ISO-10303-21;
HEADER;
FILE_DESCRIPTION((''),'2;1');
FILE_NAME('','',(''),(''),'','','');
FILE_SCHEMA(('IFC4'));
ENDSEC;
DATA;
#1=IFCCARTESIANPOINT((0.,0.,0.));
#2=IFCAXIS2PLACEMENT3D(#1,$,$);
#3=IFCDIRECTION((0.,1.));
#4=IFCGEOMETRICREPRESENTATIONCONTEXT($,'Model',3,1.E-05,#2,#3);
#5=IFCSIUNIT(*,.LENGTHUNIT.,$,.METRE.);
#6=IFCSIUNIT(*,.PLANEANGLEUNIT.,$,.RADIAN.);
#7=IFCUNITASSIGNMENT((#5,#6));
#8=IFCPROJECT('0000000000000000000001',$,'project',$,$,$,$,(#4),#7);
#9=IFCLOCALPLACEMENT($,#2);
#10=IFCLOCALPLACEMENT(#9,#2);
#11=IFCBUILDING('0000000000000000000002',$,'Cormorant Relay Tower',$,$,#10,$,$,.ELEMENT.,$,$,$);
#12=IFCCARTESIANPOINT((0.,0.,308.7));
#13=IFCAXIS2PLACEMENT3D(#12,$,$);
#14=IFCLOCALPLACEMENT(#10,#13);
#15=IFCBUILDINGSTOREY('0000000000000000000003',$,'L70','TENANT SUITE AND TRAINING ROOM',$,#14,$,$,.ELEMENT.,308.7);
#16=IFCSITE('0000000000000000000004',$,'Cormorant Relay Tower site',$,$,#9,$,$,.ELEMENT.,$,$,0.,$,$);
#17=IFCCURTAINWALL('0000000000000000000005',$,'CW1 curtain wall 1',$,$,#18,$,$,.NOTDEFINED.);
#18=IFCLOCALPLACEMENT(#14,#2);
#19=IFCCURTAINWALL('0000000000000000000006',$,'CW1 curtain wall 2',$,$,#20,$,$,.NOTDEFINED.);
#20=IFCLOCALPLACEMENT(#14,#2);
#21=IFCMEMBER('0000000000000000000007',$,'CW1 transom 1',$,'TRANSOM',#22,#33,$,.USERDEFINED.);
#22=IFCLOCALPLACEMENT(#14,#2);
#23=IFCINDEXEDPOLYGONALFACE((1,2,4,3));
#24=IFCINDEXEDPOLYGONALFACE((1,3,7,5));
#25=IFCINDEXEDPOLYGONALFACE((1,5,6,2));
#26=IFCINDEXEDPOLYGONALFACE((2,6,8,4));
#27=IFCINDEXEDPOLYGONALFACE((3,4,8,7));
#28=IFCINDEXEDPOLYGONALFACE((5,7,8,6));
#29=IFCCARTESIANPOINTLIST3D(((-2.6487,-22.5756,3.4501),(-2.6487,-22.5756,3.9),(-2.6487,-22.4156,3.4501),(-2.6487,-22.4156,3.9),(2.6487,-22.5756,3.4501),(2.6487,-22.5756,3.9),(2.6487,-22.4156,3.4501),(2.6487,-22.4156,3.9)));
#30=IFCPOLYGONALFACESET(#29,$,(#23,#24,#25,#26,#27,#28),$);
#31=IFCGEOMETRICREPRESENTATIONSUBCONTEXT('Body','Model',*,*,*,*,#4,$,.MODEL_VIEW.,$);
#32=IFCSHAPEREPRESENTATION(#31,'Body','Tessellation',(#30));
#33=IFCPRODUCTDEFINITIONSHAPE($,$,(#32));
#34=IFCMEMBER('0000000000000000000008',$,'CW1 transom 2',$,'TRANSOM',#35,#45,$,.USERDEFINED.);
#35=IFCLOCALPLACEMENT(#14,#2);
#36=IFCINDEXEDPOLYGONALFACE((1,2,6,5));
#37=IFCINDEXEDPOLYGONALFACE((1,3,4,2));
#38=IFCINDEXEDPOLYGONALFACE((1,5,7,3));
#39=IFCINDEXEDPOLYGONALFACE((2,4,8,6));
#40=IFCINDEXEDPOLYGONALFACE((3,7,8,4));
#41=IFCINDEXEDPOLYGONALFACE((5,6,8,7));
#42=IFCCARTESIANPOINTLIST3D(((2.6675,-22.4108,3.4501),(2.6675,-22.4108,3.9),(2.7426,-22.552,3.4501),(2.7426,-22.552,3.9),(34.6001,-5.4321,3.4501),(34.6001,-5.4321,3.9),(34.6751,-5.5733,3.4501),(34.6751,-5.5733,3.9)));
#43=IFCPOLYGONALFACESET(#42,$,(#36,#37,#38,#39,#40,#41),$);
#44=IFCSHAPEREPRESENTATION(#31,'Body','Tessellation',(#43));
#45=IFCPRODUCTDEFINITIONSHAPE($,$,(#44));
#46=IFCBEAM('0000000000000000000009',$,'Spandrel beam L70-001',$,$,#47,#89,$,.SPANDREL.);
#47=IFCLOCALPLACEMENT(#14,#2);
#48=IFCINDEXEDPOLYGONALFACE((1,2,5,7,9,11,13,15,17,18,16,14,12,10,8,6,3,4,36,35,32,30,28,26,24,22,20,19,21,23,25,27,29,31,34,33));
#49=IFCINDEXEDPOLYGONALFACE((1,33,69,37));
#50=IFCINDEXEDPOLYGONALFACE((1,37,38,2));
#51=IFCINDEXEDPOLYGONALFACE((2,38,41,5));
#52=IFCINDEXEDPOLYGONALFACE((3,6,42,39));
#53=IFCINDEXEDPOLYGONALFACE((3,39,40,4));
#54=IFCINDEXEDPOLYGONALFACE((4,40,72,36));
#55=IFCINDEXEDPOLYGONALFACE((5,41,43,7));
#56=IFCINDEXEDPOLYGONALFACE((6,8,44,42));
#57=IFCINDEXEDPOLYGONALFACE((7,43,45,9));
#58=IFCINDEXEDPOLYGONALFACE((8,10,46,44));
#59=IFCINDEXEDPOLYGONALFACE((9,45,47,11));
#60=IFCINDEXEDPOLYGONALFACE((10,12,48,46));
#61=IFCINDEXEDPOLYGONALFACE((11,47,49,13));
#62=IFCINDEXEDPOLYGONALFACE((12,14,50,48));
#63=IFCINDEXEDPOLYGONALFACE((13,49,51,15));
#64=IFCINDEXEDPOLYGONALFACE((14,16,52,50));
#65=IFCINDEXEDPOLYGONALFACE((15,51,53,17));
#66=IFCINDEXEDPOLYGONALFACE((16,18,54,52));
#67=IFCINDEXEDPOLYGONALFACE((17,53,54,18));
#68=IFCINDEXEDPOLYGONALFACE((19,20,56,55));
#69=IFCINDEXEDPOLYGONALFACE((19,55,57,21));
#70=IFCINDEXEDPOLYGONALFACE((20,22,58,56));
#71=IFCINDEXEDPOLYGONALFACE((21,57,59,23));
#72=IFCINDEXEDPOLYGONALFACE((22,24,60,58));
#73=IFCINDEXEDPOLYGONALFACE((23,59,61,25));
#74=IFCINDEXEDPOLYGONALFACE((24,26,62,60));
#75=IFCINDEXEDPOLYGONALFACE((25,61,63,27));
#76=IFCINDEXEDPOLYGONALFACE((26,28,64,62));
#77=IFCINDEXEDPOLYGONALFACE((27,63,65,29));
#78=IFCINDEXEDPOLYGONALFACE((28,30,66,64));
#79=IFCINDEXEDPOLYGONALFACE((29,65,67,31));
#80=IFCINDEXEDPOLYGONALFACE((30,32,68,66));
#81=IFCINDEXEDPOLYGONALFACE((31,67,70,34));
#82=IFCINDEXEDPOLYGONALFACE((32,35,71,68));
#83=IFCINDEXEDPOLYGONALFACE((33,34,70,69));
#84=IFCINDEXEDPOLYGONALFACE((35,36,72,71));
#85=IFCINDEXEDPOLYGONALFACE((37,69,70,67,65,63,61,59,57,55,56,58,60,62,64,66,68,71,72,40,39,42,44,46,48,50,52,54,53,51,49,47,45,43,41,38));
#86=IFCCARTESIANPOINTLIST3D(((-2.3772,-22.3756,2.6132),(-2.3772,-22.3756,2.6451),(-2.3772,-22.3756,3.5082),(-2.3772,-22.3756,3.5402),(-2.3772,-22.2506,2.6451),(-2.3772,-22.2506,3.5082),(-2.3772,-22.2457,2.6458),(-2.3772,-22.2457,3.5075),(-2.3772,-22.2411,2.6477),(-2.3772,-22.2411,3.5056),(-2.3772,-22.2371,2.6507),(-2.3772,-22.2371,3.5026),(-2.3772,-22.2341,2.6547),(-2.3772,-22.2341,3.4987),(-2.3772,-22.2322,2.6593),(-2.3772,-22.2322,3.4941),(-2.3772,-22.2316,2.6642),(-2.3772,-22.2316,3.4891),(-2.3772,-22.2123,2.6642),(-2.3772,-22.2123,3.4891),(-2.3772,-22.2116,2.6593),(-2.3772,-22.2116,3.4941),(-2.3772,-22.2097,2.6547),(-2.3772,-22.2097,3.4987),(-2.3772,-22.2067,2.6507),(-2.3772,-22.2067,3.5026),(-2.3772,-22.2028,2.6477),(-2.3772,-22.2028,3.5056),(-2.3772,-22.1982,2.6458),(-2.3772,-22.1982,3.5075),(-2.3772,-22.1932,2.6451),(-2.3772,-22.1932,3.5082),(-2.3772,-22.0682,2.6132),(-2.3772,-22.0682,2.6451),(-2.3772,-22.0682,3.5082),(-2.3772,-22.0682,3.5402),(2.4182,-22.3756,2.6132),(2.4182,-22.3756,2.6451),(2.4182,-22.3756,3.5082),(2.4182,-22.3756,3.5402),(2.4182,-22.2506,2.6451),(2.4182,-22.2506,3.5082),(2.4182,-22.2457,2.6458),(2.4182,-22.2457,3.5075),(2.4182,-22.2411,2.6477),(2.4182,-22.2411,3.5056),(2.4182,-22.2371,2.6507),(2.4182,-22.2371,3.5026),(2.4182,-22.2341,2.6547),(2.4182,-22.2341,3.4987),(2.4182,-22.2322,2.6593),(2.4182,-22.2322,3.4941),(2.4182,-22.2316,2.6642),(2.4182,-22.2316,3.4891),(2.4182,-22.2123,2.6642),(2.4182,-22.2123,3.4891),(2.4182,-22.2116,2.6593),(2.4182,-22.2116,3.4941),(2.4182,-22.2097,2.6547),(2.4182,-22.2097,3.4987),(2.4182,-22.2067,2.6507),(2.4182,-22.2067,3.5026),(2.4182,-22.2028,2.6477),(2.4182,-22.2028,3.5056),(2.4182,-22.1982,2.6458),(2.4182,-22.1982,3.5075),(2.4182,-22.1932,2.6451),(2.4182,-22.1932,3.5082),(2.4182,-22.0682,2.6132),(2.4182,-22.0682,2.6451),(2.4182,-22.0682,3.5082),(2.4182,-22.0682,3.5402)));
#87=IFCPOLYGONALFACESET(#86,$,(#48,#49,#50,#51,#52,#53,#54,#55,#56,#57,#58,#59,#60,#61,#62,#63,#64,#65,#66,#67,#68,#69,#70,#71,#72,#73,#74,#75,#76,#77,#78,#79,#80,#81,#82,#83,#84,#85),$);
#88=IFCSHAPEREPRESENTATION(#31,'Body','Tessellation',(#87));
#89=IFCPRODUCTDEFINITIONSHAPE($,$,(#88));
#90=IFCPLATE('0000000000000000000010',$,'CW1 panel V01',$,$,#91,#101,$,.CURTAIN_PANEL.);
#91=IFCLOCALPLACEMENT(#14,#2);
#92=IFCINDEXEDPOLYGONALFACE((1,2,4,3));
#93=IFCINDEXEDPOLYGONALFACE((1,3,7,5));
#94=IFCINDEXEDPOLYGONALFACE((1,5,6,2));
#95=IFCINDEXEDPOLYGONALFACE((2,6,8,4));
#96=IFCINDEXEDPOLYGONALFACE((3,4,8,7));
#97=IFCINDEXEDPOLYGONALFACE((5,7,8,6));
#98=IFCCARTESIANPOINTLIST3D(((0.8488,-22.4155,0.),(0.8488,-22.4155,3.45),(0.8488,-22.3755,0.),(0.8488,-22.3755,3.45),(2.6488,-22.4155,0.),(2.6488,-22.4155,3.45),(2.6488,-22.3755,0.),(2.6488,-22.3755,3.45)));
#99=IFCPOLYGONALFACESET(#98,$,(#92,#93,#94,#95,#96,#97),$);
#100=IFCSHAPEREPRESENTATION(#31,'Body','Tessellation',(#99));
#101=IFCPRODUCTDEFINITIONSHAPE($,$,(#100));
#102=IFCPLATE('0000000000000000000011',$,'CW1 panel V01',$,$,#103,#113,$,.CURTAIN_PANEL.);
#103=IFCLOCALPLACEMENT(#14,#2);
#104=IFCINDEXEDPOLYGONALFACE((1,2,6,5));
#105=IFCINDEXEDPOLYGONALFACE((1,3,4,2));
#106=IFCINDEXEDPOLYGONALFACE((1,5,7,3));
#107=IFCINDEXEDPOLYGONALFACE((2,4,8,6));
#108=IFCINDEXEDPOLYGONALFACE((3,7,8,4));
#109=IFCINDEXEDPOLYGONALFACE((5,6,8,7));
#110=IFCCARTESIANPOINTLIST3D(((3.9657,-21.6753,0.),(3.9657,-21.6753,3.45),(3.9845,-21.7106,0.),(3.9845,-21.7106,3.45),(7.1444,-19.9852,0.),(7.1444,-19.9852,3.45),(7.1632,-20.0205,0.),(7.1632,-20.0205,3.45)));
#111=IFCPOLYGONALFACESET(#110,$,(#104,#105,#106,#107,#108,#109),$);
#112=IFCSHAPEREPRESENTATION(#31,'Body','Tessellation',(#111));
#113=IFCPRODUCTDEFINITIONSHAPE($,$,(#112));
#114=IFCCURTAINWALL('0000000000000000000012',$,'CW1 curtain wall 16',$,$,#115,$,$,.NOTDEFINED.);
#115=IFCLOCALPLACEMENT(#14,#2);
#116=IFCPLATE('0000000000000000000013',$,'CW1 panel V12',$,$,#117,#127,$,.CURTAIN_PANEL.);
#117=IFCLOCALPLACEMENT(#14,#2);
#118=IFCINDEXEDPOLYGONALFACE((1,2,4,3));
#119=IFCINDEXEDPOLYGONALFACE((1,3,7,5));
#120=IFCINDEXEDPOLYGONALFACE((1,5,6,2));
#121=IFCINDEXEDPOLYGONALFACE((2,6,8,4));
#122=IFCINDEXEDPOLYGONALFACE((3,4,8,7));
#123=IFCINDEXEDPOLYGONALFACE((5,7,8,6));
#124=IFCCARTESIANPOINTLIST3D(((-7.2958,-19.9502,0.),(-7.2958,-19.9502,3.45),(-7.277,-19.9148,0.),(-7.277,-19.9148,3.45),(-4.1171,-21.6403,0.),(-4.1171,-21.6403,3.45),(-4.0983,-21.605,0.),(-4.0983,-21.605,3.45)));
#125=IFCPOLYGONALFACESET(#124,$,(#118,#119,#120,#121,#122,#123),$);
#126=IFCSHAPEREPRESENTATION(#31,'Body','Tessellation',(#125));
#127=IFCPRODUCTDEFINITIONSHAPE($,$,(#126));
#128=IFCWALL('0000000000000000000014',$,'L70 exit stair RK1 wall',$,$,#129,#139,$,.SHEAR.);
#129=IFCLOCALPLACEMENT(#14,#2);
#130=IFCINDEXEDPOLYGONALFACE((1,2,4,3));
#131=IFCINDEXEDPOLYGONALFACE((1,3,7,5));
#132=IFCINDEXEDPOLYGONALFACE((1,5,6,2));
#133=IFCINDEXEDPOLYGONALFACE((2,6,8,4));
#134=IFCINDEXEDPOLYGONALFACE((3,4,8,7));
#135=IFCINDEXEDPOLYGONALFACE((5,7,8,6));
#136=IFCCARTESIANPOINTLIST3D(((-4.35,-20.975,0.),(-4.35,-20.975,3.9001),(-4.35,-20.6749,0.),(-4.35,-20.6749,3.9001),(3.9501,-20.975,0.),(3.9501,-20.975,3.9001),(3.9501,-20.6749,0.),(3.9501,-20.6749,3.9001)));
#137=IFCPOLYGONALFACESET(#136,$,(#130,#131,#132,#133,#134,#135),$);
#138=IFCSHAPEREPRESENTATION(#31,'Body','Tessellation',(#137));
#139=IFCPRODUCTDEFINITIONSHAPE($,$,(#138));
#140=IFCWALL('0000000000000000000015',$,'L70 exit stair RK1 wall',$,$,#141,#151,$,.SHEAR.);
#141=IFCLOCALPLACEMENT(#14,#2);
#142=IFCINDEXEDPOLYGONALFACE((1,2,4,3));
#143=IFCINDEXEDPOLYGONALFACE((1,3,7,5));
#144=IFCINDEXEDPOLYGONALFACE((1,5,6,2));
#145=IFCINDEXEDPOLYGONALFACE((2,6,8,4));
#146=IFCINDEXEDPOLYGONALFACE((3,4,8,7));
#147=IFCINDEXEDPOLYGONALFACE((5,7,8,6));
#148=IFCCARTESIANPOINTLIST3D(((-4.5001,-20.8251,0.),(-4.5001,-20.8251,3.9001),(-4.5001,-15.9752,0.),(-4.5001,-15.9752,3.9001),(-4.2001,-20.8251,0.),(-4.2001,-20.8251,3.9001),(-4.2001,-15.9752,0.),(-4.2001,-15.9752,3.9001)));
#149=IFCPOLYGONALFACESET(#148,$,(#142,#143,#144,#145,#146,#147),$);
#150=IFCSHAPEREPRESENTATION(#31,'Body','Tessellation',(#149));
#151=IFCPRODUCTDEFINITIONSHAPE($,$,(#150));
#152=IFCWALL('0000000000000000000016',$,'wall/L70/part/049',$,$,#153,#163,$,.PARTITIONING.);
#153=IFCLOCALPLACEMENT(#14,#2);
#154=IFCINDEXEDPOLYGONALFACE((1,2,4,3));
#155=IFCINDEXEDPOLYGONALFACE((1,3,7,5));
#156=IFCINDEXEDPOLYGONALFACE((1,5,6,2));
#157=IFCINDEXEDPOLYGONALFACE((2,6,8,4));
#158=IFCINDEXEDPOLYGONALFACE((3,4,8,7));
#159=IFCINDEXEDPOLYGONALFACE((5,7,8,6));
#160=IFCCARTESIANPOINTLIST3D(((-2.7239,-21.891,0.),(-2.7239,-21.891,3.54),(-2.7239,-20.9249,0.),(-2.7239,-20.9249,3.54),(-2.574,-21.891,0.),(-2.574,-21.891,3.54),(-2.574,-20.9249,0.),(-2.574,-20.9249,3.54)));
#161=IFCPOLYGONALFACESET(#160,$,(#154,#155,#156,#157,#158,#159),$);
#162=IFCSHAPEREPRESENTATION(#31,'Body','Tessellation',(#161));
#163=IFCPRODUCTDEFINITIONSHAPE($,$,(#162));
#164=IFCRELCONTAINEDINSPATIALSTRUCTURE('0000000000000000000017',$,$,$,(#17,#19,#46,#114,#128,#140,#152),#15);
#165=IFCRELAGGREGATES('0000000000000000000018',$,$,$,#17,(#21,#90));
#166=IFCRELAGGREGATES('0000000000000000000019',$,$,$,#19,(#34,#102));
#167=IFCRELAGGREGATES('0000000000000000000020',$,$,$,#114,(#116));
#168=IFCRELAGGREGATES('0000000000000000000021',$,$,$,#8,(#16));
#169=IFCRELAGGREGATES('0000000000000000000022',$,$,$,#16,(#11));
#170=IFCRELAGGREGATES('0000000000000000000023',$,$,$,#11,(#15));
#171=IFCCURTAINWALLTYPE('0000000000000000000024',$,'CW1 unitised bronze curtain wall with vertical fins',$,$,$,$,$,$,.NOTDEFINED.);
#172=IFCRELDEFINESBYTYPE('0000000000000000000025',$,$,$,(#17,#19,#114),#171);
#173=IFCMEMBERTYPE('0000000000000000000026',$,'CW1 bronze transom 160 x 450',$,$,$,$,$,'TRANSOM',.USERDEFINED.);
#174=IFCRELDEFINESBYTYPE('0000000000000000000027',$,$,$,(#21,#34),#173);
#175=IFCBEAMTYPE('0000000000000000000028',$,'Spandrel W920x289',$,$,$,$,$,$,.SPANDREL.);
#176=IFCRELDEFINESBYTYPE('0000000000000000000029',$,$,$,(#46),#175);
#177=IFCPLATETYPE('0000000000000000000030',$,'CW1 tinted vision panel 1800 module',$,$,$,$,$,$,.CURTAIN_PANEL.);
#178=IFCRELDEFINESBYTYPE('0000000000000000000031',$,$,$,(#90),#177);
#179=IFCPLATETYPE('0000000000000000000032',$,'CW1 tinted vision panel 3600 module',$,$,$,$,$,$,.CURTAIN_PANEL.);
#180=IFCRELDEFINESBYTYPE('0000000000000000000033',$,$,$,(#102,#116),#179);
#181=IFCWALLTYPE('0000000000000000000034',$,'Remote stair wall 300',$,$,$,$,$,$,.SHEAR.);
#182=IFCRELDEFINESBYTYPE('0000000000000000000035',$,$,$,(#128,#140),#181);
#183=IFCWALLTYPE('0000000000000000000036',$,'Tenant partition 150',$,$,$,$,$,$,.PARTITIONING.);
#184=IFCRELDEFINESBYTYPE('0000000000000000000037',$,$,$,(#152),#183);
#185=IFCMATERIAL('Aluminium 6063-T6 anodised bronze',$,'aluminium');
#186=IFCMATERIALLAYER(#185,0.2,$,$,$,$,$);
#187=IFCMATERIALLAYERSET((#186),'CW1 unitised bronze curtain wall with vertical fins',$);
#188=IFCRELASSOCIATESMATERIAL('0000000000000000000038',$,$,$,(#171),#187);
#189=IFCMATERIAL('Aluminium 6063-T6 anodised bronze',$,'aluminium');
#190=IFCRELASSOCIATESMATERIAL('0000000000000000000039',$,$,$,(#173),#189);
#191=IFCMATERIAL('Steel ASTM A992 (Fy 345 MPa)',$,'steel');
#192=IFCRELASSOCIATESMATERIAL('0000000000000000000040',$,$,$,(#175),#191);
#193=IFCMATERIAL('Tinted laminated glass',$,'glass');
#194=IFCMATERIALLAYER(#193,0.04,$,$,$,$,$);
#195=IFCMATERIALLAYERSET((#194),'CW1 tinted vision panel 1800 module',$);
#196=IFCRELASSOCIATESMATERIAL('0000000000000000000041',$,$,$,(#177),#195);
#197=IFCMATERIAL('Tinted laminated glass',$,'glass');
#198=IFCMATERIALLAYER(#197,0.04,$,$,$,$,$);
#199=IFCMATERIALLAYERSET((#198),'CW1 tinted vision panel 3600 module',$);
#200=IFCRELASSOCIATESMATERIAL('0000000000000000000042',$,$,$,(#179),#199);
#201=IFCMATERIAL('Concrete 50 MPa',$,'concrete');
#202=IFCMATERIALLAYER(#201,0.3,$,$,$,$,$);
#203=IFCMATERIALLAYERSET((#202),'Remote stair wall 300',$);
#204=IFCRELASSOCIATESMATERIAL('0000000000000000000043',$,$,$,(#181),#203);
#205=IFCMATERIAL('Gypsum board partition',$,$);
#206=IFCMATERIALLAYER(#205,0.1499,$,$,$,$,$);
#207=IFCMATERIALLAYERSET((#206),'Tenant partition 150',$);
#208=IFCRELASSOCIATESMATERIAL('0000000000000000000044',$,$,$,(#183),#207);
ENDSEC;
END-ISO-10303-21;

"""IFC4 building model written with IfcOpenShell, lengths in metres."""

from ifc_helpers import new_model, si_unit, direction, frame, frame_2d, origin, origin_2d, place, context, subcontext, project, spatial, rectangle, i_section, extrude, material, layer, layer_set, material_profile, profile_set, type_object, element, aggregate, save


model = new_model("IFC4")

# Units and contexts
model_context = context("Model", 3, precision=1e-05, world=origin(), true_north=direction((0.0, 1.0)))
body_context = subcontext(model_context, "Body", "Model", "MODEL_VIEW")
ifc_project = project(units=[si_unit("LENGTHUNIT", "METRE"), si_unit("PLANEANGLEUNIT", "RADIAN")], contexts=[model_context])

# Site, building, storey
site_placement = place(None, origin())
site = spatial("IfcSite", under=ifc_project, at=site_placement, Name="Cormorant Relay Tower site", CompositionType="ELEMENT", RefElevation=0.0)
building_placement = place(site_placement, origin())
building = spatial("IfcBuilding", under=site, at=building_placement, Name="Cormorant Relay Tower", CompositionType="ELEMENT")
storey_placement = place(building_placement, frame((0.0, 0.0, 308.7)))
storey = spatial("IfcBuildingStorey", under=building, at=storey_placement, Name="L70", Description="TENANT SUITE AND TRAINING ROOM", CompositionType="ELEMENT", Elevation=308.7)

# Curtain wall
ifc_material_1 = material(Name="Aluminium 6063-T6 anodised bronze", Category="aluminium")
ifc_layer_1 = layer(ifc_material_1, 0.2)
ifc_layer_set_1 = layer_set([ifc_layer_1], Name="CW1 unitised bronze curtain wall with vertical fins")
curtain_wall_type = type_object("IfcCurtainWallType", Name="CW1 unitised bronze curtain wall with vertical fins", PredefinedType="NOTDEFINED", material=ifc_layer_set_1)
curtain_wall_1_placement = place(storey_placement, origin())
curtain_wall_1 = element("IfcCurtainWall", 1, at=curtain_wall_1_placement, inside=storey, type_object=curtain_wall_type, Name="CW1 curtain wall 1", PredefinedType="NOTDEFINED")

# Curtain wall
curtain_wall_2_placement = place(storey_placement, origin())
curtain_wall_2 = element("IfcCurtainWall", 2, at=curtain_wall_2_placement, inside=storey, type_object=curtain_wall_type, Name="CW1 curtain wall 2", PredefinedType="NOTDEFINED")

# Members
ifc_material_2 = material(Name="Aluminium 6063-T6 anodised bronze", Category="aluminium")
ifc_material_profile_1 = material_profile(ifc_material_2, rectangle(XDim=0.1599, YDim=0.45, at=origin_2d()), Name="AL 160x450")
ifc_profile_set_1 = profile_set([ifc_material_profile_1], Name="Aluminium 6063-T6 anodised bronze")
member_type_1 = type_object("IfcMemberType", Name="CW1 bronze transom 160 x 450", ElementType="TRANSOM", PredefinedType="USERDEFINED", material=ifc_profile_set_1)
member_1_placement = place(storey_placement, frame((-2.6487, -22.4956, 3.675), z_axis=(1.0, 0.0, 0.0), x_axis=(0.0, 1.0, 0.0)))
member_1 = element("IfcMember", 3, at=member_1_placement, type_object=member_type_1, Name="CW1 transom 1", ObjectType="TRANSOM", PredefinedType="USERDEFINED", context=body_context, shape_type="SweptSolid", body=[
    extrude(rectangle(XDim=0.1599, YDim=0.45, at=origin_2d()), origin(), (0.0, 0.0, 1.0), 5.2974),
])
member_2_placement = place(storey_placement, frame((2.7051, -22.4814, 3.675), z_axis=(0.882949, 0.469469, 0.0), x_axis=(-0.469469, 0.882949, 0.0)))
member_2 = element("IfcMember", 4, at=member_2_placement, type_object=member_type_1, Name="CW1 transom 2", ObjectType="TRANSOM", PredefinedType="USERDEFINED", context=body_context, shape_type="SweptSolid", body=[
    extrude(rectangle(XDim=0.1599, YDim=0.45, at=origin_2d()), origin(), (0.0, 0.0, 1.0), 36.1658),
])

# Beam
ifc_material_3 = material(Name="Steel ASTM A992 (Fy 345 MPa)", Category="steel")
ifc_material_profile_2 = material_profile(ifc_material_3, i_section(OverallWidth=0.3074, OverallDepth=0.927, WebThickness=0.0193, FlangeThickness=0.032, FilletRadius=0.019, at=origin_2d()), Name="W920x289")
ifc_profile_set_2 = profile_set([ifc_material_profile_2], Name="Steel ASTM A992 (Fy 345 MPa)")
beam_type = type_object("IfcBeamType", Name="Spandrel W920x289", PredefinedType="SPANDREL", material=ifc_profile_set_2)
beam_placement = place(storey_placement, frame((-2.3772, -22.2219, 3.0767), z_axis=(1.0, 0.0, 0.0), x_axis=(0.0, 1.0, 0.0)))
element("IfcBeam", 5, at=beam_placement, inside=storey, type_object=beam_type, Name="Spandrel beam L70-001", PredefinedType="SPANDREL", context=body_context, shape_type="SweptSolid", body=[
    extrude(i_section(OverallWidth=0.3074, OverallDepth=0.927, WebThickness=0.0193, FlangeThickness=0.032, FilletRadius=0.019, at=origin_2d()), origin(), (0.0, 0.0, 1.0), 4.7954),
])

# Plates
ifc_material_4 = material(Name="Tinted laminated glass", Category="glass")
ifc_layer_2 = layer(ifc_material_4, 0.04)
ifc_layer_set_2 = layer_set([ifc_layer_2], Name="CW1 tinted vision panel 1800 module")
plate_type_1 = type_object("IfcPlateType", Name="CW1 tinted vision panel 1800 module", PredefinedType="CURTAIN_PANEL", material=ifc_layer_set_2)
plate_1_placement = place(storey_placement, frame((1.7488, -22.3955, 0.0), z_axis=(0.0, 0.0, 1.0), x_axis=(1.0, 0.0, 0.0)))
plate_1 = element("IfcPlate", 6, at=plate_1_placement, type_object=plate_type_1, Name="CW1 panel V01", PredefinedType="CURTAIN_PANEL", context=body_context, shape_type="SweptSolid", body=[
    extrude(rectangle(XDim=1.8, YDim=0.04, at=origin_2d()), origin(), (0.0, 0.0, 1.0), 3.45),
])
ifc_material_5 = material(Name="Tinted laminated glass", Category="glass")
ifc_layer_3 = layer(ifc_material_5, 0.04)
ifc_layer_set_3 = layer_set([ifc_layer_3], Name="CW1 tinted vision panel 3600 module")
plate_type_2 = type_object("IfcPlateType", Name="CW1 tinted vision panel 3600 module", PredefinedType="CURTAIN_PANEL", material=ifc_layer_set_3)
plate_2_placement = place(storey_placement, frame((5.5645, -20.8479, 0.0), z_axis=(0.0, 0.0, 1.0), x_axis=(0.882948, 0.469472, 0.0)))
plate_2 = element("IfcPlate", 7, at=plate_2_placement, type_object=plate_type_2, Name="CW1 panel V01", PredefinedType="CURTAIN_PANEL", context=body_context, shape_type="SweptSolid", body=[
    extrude(rectangle(XDim=3.6001, YDim=0.04, at=origin_2d()), origin(), (0.0, 0.0, 1.0), 3.45),
])

# Curtain wall, plate
curtain_wall_3_placement = place(storey_placement, origin())
curtain_wall_3 = element("IfcCurtainWall", 8, at=curtain_wall_3_placement, inside=storey, type_object=curtain_wall_type, Name="CW1 curtain wall 16", PredefinedType="NOTDEFINED")
plate_3_placement = place(storey_placement, frame((-5.697, -20.7776, 0.0), z_axis=(0.0, 0.0, 1.0), x_axis=(0.882948, -0.469472, 0.0)))
plate_3 = element("IfcPlate", 9, at=plate_3_placement, type_object=plate_type_2, Name="CW1 panel V12", PredefinedType="CURTAIN_PANEL", context=body_context, shape_type="SweptSolid", body=[
    extrude(rectangle(XDim=3.6001, YDim=0.04, at=origin_2d()), origin(), (0.0, 0.0, 1.0), 3.45),
])

# Walls
ifc_material_6 = material(Name="Concrete 50 MPa", Category="concrete")
ifc_layer_4 = layer(ifc_material_6, 0.3)
ifc_layer_set_4 = layer_set([ifc_layer_4], Name="Remote stair wall 300")
wall_type_1 = type_object("IfcWallType", Name="Remote stair wall 300", PredefinedType="SHEAR", material=ifc_layer_set_4)
wall_1_placement = place(storey_placement, frame((3.95, -20.825, 0.0), z_axis=(0.0, 0.0, 1.0), x_axis=(-1.0, 0.0, 0.0)))
element("IfcWall", 10, at=wall_1_placement, inside=storey, type_object=wall_type_1, Name="L70 exit stair RK1 wall", PredefinedType="SHEAR", context=body_context, shape_type="SweptSolid", body=[
    extrude(rectangle(XDim=8.3, YDim=0.3, at=frame_2d((4.1499, 0.0))), origin(), (0.0, 0.0, 1.0), 3.9001),
])
wall_2_placement = place(storey_placement, frame((-4.3501, -20.825, 0.0), z_axis=(0.0, 0.0, 1.0), x_axis=(0.0, 1.0, 0.0)))
element("IfcWall", 11, at=wall_2_placement, inside=storey, type_object=wall_type_1, Name="L70 exit stair RK1 wall", PredefinedType="SHEAR", context=body_context, shape_type="SweptSolid", body=[
    extrude(rectangle(XDim=4.8499, YDim=0.3, at=frame_2d((2.4248, 0.0))), origin(), (0.0, 0.0, 1.0), 3.9001),
])
ifc_material_7 = material(Name="Gypsum board partition")
ifc_layer_5 = layer(ifc_material_7, 0.1499)
ifc_layer_set_5 = layer_set([ifc_layer_5], Name="Tenant partition 150")
wall_type_2 = type_object("IfcWallType", Name="Tenant partition 150", PredefinedType="PARTITIONING", material=ifc_layer_set_5)
wall_3_placement = place(storey_placement, frame((-2.6489, -20.925, 0.0), z_axis=(0.0, 0.0, 1.0), x_axis=(0.0, -1.0, 0.0)))
element("IfcWall", 12, at=wall_3_placement, inside=storey, type_object=wall_type_2, Name="wall/L70/part/049", PredefinedType="PARTITIONING", context=body_context, shape_type="SweptSolid", body=[
    extrude(rectangle(XDim=0.9661, YDim=0.1499, at=frame_2d((0.4829, 0.0))), origin(), (0.0, 0.0, 1.0), 3.54),
])

aggregate(curtain_wall_1, [member_1, plate_1])
aggregate(curtain_wall_2, [member_2, plate_2])
aggregate(curtain_wall_3, [plate_3])

save(model, "model.ifc")
